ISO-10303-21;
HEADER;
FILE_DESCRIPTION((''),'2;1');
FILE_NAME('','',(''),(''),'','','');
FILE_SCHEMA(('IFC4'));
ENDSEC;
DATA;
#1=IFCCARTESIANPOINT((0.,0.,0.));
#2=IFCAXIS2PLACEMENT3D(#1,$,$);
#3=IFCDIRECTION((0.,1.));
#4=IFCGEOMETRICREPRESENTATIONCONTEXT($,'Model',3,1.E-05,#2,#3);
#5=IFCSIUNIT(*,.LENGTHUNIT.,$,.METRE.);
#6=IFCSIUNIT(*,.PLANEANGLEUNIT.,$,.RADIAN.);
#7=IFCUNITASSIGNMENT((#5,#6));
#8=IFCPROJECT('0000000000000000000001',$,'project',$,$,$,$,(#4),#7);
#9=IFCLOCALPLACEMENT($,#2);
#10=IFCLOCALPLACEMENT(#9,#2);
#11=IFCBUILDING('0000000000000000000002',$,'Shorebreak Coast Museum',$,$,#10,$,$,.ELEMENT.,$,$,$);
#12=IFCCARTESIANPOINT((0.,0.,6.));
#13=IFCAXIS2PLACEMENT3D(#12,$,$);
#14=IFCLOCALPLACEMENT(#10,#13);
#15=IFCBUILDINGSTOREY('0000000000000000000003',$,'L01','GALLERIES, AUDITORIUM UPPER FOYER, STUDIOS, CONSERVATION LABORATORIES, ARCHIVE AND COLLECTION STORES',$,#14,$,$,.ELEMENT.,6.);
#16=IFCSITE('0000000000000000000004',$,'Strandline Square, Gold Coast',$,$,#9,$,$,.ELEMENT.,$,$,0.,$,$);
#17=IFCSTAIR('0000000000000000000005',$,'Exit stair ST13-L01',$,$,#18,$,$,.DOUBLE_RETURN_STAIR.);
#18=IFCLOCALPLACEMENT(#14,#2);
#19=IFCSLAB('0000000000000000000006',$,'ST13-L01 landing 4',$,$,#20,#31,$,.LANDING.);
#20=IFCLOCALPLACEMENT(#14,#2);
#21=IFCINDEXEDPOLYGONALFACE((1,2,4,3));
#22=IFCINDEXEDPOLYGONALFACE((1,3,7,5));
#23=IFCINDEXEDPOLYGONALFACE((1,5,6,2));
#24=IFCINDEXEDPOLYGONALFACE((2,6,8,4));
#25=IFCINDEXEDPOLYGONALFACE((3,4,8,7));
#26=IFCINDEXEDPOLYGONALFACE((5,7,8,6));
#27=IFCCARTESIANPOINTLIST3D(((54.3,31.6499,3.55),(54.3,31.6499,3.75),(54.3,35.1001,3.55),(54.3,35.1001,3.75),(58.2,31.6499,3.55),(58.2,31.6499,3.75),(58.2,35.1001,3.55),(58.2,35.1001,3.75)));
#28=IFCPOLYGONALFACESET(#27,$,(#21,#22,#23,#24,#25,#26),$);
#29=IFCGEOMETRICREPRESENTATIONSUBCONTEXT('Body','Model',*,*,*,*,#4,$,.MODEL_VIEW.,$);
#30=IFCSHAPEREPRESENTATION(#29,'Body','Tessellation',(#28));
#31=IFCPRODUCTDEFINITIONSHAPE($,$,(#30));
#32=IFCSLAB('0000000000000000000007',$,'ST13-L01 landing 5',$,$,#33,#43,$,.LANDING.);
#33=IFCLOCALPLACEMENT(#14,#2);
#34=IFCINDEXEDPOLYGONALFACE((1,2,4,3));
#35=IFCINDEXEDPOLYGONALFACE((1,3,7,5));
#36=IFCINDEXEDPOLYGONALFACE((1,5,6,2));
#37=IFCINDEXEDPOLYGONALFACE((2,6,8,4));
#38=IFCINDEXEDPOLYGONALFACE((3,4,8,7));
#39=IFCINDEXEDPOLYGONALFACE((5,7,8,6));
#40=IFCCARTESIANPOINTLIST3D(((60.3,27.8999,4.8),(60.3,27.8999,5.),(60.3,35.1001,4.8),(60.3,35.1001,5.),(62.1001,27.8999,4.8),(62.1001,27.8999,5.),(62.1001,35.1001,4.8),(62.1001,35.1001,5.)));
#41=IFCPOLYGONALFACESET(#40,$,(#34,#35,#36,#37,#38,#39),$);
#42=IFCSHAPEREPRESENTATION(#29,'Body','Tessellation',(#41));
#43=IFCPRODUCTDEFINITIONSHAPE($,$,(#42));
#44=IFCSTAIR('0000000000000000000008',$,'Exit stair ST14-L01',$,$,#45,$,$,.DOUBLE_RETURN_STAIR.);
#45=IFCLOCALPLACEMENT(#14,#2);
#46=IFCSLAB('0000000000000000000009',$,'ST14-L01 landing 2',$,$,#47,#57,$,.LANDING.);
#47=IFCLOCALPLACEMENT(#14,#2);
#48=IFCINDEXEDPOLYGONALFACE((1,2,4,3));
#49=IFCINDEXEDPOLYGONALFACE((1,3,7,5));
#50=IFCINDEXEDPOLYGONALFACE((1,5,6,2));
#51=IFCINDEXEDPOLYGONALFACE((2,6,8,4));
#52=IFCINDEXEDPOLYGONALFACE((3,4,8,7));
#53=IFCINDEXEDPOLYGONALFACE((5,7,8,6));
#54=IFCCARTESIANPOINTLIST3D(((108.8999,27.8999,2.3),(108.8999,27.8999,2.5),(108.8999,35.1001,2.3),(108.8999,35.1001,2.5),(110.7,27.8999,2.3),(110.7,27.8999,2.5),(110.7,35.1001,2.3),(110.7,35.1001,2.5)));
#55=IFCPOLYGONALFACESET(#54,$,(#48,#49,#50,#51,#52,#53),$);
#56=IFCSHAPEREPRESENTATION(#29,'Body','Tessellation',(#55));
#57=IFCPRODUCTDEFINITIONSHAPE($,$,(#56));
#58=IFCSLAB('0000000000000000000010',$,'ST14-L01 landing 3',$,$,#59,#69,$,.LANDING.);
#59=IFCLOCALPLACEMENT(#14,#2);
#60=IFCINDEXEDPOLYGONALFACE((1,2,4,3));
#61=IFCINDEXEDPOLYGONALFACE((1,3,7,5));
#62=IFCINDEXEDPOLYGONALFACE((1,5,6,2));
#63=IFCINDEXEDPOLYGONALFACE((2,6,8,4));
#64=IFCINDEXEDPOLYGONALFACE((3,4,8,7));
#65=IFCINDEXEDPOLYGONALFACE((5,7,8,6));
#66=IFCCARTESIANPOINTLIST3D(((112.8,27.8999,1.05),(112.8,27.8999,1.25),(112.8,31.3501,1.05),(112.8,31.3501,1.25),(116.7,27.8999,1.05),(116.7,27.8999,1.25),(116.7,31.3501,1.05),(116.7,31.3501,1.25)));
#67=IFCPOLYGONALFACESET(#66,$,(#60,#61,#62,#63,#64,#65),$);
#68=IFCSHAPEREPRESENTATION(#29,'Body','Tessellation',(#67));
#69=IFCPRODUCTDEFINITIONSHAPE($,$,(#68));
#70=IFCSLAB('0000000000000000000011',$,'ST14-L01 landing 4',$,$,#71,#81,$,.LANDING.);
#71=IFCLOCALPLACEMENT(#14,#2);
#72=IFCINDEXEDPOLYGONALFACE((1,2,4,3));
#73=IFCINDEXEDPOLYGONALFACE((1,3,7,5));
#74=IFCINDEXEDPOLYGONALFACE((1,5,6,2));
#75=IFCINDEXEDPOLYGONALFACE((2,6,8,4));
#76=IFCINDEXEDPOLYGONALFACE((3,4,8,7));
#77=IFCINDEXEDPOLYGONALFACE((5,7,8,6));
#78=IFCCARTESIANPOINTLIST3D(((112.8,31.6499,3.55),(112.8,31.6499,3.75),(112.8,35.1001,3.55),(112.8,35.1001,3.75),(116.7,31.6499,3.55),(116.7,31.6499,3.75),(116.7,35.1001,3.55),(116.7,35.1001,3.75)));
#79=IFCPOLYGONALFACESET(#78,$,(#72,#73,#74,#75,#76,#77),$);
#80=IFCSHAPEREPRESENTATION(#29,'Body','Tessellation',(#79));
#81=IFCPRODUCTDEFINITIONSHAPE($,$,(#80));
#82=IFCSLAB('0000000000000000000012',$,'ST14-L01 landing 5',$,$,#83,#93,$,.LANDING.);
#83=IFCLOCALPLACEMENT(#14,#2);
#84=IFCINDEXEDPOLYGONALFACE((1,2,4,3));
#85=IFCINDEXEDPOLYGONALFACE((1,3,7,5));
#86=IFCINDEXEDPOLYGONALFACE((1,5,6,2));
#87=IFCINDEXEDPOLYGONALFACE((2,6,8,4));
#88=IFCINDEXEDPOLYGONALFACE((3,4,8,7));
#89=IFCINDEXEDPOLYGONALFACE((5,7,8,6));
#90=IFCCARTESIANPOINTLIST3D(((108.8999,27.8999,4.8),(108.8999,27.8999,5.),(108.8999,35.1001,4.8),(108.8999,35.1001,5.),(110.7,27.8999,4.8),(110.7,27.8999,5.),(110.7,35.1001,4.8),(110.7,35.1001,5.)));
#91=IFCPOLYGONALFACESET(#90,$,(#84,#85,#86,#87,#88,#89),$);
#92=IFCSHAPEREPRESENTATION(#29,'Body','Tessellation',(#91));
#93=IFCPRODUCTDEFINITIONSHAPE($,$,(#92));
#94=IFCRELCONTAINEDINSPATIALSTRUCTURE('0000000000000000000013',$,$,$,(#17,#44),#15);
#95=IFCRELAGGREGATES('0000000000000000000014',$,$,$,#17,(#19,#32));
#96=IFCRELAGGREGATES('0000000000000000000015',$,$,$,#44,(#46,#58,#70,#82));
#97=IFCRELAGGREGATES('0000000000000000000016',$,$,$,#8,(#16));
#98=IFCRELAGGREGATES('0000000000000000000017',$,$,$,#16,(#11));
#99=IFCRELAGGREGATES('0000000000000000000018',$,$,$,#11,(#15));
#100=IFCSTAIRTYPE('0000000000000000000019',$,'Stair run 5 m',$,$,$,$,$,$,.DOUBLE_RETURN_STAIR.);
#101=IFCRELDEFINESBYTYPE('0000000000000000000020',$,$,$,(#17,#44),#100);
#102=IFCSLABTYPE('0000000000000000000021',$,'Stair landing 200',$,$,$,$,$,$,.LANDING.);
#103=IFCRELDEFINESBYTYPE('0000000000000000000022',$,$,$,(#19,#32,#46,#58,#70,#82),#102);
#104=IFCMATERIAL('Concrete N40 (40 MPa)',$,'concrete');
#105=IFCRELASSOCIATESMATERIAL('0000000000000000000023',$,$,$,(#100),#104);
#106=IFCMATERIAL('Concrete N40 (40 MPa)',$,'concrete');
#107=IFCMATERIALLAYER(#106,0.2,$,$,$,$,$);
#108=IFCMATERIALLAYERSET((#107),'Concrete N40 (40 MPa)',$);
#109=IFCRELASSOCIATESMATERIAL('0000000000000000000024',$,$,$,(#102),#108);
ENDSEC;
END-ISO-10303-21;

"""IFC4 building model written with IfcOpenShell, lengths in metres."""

from ifc_helpers import new_model, si_unit, direction, frame, origin, place, context, subcontext, project, spatial, polyline, outline, extrude, material, layer, layer_set, type_object, element, aggregate, save


model = new_model("IFC4")

# Units and contexts
model_context = context("Model", 3, precision=1e-05, world=origin(), true_north=direction((0.0, 1.0)))
body_context = subcontext(model_context, "Body", "Model", "MODEL_VIEW")
ifc_project = project(units=[si_unit("LENGTHUNIT", "METRE"), si_unit("PLANEANGLEUNIT", "RADIAN")], contexts=[model_context])

# Site, building, storey
site_placement = place(None, origin())
site = spatial("IfcSite", under=ifc_project, at=site_placement, Name="Strandline Square, Gold Coast", CompositionType="ELEMENT", RefElevation=0.0)
building_placement = place(site_placement, origin())
building = spatial("IfcBuilding", under=site, at=building_placement, Name="Shorebreak Coast Museum", CompositionType="ELEMENT")
storey_placement = place(building_placement, frame((0.0, 0.0, 6.0)))
storey = spatial("IfcBuildingStorey", under=building, at=storey_placement, Name="L01", Description="GALLERIES, AUDITORIUM UPPER FOYER, STUDIOS, CONSERVATION LABORATORIES, ARCHIVE AND COLLECTION STORES", CompositionType="ELEMENT", Elevation=6.0)

# Stairs, slabs
ifc_material_1 = material(Name="Concrete N40 (40 MPa)", Category="concrete")
stair_type = type_object("IfcStairType", Name="Stair run 5 m", PredefinedType="DOUBLE_RETURN_STAIR", material=ifc_material_1)
ifc_material_2 = material(Name="Concrete N40 (40 MPa)", Category="concrete")
ifc_layer = layer(ifc_material_2, 0.2)
ifc_layer_set = layer_set([ifc_layer], Name="Concrete N40 (40 MPa)")
slab_type = type_object("IfcSlabType", Name="Stair landing 200", PredefinedType="LANDING", material=ifc_layer_set)
stair_1_placement = place(storey_placement, origin())
stair_1 = element("IfcStair", 1, at=stair_1_placement, inside=storey, type_object=stair_type, Name="Exit stair ST13-L01", PredefinedType="DOUBLE_RETURN_STAIR")
slab_1_placement = place(storey_placement, frame((0.0, 0.0, 3.55)))
slab_1 = element("IfcSlab", 2, at=slab_1_placement, type_object=slab_type, Name="ST13-L01 landing 4", PredefinedType="LANDING", context=body_context, shape_type="SweptSolid", body=[
    extrude(outline(polyline([(54.3, 31.6499), (58.2, 31.6499), (58.2, 35.1001), (54.3, 35.1001), (54.3, 31.6499)])), origin(), (0.0, 0.0, 1.0), 0.2),
])
slab_2_placement = place(storey_placement, frame((0.0, 0.0, 4.8)))
slab_2 = element("IfcSlab", 3, at=slab_2_placement, type_object=slab_type, Name="ST13-L01 landing 5", PredefinedType="LANDING", context=body_context, shape_type="SweptSolid", body=[
    extrude(outline(polyline([(60.3, 27.8999), (62.1001, 27.8999), (62.1001, 35.1001), (60.3, 35.1001), (60.3, 27.8999)])), origin(), (0.0, 0.0, 1.0), 0.2),
])
aggregate(stair_1, [slab_1, slab_2])
stair_2_placement = place(storey_placement, origin())
stair_2 = element("IfcStair", 4, at=stair_2_placement, inside=storey, type_object=stair_type, Name="Exit stair ST14-L01", PredefinedType="DOUBLE_RETURN_STAIR")
slab_3_placement = place(storey_placement, frame((0.0, 0.0, 2.3)))
slab_3 = element("IfcSlab", 5, at=slab_3_placement, type_object=slab_type, Name="ST14-L01 landing 2", PredefinedType="LANDING", context=body_context, shape_type="SweptSolid", body=[
    extrude(outline(polyline([(108.8999, 27.8999), (110.7, 27.8999), (110.7, 35.1001), (108.8999, 35.1001), (108.8999, 27.8999)])), origin(), (0.0, 0.0, 1.0), 0.2),
])
slab_4_placement = place(storey_placement, frame((0.0, 0.0, 1.05)))
slab_4 = element("IfcSlab", 6, at=slab_4_placement, type_object=slab_type, Name="ST14-L01 landing 3", PredefinedType="LANDING", context=body_context, shape_type="SweptSolid", body=[
    extrude(outline(polyline([(112.8, 27.8999), (116.7, 27.8999), (116.7, 31.3501), (112.8, 31.3501), (112.8, 27.8999)])), origin(), (0.0, 0.0, 1.0), 0.2),
])
slab_5_placement = place(storey_placement, frame((0.0, 0.0, 3.55)))
slab_5 = element("IfcSlab", 7, at=slab_5_placement, type_object=slab_type, Name="ST14-L01 landing 4", PredefinedType="LANDING", context=body_context, shape_type="SweptSolid", body=[
    extrude(outline(polyline([(112.8, 31.6499), (116.7, 31.6499), (116.7, 35.1001), (112.8, 35.1001), (112.8, 31.6499)])), origin(), (0.0, 0.0, 1.0), 0.2),
])
slab_6_placement = place(storey_placement, frame((0.0, 0.0, 4.8)))
slab_6 = element("IfcSlab", 8, at=slab_6_placement, type_object=slab_type, Name="ST14-L01 landing 5", PredefinedType="LANDING", context=body_context, shape_type="SweptSolid", body=[
    extrude(outline(polyline([(108.8999, 27.8999), (110.7, 27.8999), (110.7, 35.1001), (108.8999, 35.1001), (108.8999, 27.8999)])), origin(), (0.0, 0.0, 1.0), 0.2),
])
aggregate(stair_2, [slab_3, slab_4, slab_5, slab_6])

save(model, "model.ifc")
